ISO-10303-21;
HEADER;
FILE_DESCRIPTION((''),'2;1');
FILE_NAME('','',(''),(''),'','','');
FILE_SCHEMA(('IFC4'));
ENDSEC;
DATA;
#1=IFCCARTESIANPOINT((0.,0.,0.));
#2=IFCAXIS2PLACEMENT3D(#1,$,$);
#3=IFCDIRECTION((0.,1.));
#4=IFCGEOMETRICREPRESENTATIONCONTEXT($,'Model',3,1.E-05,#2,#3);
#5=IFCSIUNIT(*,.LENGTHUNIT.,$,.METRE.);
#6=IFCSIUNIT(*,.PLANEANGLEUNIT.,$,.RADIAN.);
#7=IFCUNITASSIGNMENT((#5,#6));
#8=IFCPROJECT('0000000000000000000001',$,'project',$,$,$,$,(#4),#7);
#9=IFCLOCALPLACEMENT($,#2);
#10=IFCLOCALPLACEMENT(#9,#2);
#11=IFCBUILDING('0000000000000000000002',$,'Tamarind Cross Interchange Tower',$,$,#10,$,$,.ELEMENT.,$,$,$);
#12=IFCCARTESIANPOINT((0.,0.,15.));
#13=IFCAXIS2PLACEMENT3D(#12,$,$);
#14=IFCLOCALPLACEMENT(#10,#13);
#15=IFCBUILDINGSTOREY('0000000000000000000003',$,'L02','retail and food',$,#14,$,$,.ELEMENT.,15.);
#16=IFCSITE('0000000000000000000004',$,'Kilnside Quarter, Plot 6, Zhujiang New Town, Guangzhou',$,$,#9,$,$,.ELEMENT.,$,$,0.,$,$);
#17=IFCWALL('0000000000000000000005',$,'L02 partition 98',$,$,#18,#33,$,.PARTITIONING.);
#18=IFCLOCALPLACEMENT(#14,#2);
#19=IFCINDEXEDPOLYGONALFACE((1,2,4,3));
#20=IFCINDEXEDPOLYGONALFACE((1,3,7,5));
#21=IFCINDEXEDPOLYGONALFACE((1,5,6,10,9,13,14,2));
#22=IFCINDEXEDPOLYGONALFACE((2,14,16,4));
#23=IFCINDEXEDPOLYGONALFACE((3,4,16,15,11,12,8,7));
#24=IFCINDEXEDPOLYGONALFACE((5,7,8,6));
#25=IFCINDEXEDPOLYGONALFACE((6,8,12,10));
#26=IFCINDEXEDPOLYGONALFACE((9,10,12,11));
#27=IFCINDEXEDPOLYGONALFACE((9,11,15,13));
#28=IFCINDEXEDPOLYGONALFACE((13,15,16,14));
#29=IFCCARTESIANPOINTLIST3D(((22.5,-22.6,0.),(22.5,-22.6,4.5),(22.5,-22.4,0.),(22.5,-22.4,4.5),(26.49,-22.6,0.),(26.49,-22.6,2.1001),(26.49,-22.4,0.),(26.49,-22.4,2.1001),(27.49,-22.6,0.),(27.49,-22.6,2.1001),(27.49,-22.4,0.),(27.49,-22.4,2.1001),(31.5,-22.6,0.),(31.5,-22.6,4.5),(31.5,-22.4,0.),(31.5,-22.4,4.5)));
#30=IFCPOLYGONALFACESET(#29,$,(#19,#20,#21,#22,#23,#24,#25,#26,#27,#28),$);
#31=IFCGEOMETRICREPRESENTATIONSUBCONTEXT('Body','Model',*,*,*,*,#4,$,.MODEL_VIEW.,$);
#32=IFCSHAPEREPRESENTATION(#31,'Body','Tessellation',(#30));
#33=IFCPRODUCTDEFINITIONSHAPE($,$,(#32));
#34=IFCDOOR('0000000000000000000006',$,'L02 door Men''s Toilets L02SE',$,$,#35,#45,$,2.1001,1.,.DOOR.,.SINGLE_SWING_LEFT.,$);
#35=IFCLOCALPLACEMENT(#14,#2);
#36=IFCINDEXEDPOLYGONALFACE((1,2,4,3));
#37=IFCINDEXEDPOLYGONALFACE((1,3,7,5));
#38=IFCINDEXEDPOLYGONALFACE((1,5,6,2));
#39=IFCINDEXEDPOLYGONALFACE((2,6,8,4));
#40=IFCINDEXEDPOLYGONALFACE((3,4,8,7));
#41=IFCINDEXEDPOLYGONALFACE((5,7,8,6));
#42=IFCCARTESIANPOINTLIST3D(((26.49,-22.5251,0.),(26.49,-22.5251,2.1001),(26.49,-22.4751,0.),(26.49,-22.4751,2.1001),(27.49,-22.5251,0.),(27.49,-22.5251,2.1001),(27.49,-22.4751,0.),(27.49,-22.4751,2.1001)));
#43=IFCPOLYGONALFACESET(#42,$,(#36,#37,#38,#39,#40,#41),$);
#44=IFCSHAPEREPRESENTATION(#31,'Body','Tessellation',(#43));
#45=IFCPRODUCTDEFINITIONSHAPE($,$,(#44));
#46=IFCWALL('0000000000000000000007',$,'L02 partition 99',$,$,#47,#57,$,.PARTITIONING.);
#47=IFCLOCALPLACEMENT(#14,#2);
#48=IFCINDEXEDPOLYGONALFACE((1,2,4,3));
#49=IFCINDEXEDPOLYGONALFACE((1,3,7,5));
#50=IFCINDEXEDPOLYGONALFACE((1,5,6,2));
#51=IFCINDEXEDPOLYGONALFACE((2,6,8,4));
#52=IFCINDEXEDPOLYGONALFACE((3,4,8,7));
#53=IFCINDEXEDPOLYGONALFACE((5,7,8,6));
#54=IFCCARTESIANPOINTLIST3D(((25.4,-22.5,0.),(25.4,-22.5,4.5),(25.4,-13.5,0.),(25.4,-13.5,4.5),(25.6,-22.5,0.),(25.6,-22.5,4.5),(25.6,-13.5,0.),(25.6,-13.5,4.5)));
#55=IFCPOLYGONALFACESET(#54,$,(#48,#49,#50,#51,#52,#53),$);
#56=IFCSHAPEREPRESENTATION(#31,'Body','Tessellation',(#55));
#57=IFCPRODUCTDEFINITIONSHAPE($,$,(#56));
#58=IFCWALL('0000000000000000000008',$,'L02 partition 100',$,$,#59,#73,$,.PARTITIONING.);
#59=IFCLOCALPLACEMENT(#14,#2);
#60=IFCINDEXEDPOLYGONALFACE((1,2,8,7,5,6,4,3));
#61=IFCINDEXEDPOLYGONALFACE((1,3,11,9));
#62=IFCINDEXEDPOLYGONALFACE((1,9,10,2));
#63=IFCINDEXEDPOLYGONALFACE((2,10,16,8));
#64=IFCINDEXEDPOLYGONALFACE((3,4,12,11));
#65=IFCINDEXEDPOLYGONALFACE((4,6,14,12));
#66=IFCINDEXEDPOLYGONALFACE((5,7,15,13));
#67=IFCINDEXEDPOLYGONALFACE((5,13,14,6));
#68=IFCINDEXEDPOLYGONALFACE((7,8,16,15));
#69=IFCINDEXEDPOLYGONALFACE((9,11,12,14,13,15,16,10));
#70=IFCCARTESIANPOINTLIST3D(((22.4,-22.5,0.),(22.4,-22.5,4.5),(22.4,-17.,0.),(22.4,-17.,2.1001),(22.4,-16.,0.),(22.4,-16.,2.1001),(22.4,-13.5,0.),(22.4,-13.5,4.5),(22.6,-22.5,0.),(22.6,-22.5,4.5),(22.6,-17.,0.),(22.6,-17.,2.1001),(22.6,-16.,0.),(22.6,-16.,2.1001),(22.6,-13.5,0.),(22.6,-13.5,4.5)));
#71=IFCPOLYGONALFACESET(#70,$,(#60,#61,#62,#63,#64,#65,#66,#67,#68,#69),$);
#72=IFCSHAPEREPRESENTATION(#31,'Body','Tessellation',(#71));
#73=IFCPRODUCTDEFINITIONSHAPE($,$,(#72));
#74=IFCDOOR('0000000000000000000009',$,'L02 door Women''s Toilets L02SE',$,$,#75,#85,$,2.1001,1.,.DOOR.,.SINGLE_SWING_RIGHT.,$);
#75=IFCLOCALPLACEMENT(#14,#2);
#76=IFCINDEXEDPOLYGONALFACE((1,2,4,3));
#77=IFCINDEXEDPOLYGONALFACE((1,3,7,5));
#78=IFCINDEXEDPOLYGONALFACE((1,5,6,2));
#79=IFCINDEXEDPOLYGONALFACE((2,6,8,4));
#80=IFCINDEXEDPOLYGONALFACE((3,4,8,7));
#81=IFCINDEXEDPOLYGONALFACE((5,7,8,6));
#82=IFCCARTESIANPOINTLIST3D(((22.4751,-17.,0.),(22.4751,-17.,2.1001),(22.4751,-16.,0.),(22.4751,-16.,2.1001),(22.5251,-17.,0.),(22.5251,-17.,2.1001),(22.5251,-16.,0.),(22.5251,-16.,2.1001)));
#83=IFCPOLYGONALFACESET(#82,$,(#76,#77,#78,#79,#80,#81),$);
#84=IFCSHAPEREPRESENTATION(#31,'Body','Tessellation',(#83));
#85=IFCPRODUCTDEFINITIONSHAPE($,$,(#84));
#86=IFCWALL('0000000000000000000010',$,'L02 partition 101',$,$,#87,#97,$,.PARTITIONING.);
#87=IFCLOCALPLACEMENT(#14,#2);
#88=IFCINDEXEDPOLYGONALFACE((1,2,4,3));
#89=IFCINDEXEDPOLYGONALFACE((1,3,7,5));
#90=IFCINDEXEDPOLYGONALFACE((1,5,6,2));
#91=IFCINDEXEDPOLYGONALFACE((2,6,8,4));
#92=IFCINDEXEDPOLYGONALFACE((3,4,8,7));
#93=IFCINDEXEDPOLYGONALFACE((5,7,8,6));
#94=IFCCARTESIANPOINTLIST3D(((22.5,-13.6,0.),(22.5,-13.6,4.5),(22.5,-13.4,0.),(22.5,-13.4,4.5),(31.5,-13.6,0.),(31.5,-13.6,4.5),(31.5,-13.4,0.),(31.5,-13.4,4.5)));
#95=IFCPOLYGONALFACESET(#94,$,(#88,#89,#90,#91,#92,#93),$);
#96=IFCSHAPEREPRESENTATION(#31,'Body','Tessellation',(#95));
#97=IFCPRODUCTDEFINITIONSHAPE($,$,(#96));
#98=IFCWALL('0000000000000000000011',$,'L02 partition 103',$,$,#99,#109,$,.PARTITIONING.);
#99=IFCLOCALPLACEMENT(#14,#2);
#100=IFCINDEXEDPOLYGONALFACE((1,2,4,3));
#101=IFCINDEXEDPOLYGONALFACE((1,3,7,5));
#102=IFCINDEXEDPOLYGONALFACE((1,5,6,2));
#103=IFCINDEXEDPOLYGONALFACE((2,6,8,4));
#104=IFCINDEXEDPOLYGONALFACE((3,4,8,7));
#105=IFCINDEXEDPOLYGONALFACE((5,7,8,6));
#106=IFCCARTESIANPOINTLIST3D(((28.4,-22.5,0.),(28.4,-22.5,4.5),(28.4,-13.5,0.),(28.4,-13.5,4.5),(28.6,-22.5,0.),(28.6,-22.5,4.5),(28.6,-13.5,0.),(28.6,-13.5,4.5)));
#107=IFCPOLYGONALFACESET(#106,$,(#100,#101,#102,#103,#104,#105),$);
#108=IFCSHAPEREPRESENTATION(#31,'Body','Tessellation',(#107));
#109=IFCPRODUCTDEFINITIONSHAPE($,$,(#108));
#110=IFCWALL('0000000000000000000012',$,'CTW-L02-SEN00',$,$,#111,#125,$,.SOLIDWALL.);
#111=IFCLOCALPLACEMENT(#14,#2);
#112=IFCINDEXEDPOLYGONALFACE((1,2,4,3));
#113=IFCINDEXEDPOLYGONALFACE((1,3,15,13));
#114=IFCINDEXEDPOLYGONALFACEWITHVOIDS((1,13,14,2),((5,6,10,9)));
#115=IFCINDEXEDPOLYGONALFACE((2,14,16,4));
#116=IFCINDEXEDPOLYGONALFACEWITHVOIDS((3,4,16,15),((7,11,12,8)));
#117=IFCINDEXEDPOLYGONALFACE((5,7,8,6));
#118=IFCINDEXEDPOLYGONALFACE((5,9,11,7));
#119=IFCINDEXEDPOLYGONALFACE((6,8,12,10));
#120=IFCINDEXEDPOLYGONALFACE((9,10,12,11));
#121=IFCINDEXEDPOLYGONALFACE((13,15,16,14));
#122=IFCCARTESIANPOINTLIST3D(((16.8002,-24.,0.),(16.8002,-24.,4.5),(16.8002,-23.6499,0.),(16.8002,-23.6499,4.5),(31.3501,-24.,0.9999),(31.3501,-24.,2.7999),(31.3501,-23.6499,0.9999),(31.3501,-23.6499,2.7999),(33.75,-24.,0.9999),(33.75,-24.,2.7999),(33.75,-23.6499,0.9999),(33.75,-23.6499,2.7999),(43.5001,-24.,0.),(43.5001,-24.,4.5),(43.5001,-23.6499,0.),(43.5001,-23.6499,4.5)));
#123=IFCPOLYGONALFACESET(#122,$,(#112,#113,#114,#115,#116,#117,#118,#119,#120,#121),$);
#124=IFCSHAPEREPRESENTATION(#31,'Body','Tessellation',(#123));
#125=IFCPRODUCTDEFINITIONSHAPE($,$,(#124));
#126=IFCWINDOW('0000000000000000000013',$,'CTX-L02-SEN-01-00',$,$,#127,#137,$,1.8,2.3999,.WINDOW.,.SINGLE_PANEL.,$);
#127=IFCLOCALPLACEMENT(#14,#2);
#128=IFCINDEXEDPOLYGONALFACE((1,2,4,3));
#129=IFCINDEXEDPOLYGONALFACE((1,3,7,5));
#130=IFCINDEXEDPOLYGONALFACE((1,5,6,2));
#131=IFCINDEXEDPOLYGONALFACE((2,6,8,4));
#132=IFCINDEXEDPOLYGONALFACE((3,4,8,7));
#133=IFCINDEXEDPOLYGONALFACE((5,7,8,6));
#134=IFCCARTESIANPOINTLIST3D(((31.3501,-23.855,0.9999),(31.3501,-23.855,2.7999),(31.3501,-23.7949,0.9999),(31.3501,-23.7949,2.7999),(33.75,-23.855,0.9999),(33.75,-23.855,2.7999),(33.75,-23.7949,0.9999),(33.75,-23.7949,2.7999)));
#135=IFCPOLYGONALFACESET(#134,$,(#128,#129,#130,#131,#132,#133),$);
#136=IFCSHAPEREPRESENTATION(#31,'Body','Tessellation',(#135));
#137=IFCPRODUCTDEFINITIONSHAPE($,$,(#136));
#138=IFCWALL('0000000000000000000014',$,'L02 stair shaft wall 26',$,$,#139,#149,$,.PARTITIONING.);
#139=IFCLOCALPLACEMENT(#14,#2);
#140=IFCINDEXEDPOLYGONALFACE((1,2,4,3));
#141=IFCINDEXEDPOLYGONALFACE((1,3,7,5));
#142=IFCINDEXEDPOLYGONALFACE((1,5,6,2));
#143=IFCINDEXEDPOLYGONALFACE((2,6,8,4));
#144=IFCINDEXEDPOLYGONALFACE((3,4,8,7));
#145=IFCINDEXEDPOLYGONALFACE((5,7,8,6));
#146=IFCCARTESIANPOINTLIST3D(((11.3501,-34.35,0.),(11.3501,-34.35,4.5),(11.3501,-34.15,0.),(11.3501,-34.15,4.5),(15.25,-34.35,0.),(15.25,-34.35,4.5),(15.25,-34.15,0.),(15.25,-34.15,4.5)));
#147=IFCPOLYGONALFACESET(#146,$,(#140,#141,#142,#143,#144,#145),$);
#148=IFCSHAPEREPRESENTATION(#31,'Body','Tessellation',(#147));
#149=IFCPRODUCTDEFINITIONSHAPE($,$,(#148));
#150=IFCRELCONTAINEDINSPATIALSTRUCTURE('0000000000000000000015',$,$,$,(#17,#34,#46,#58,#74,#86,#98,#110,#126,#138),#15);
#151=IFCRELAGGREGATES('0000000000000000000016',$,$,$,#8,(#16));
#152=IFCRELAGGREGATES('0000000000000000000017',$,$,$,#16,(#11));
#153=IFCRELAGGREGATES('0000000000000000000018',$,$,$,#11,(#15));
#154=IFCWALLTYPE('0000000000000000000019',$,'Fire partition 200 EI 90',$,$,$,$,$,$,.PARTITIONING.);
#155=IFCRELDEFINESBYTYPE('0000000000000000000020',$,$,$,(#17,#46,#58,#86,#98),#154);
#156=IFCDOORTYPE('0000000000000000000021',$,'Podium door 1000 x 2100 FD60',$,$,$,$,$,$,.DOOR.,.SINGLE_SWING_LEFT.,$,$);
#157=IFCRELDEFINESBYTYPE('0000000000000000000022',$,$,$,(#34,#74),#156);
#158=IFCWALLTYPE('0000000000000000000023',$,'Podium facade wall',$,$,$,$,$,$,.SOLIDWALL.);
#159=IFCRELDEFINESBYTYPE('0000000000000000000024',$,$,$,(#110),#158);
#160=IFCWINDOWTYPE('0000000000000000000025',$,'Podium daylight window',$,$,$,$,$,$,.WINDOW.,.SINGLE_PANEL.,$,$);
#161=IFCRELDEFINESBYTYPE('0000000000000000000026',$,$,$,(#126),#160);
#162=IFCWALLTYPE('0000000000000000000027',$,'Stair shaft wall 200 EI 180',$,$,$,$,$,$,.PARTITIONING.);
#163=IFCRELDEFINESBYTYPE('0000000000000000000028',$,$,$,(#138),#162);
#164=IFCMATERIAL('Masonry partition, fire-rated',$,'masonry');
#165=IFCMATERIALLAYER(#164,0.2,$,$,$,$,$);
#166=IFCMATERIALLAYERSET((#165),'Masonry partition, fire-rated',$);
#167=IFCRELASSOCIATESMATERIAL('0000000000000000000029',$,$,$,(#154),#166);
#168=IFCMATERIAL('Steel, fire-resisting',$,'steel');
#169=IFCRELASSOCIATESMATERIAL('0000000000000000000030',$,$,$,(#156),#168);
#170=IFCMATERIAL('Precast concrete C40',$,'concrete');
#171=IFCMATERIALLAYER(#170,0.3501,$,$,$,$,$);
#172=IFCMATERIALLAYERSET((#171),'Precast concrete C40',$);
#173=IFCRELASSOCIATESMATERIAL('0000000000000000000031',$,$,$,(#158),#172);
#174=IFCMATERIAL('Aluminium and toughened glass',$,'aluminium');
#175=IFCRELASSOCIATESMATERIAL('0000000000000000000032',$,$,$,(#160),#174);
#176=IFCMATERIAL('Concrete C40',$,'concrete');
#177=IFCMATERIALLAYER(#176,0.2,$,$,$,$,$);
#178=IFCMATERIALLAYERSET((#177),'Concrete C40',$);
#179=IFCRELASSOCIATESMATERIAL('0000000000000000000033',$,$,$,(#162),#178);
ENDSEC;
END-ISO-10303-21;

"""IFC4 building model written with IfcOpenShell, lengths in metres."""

from ifc_helpers import new_model, si_unit, direction, frame, frame_2d, origin, place, context, subcontext, project, spatial, rectangle, extrude, material, layer, layer_set, type_object, element, fill, save


model = new_model("IFC4")

# Units and contexts
model_context = context("Model", 3, precision=1e-05, world=origin(), true_north=direction((0.0, 1.0)))
body_context = subcontext(model_context, "Body", "Model", "MODEL_VIEW")
ifc_project = project(units=[si_unit("LENGTHUNIT", "METRE"), si_unit("PLANEANGLEUNIT", "RADIAN")], contexts=[model_context])

# Site, building, storey
site_placement = place(None, origin())
site = spatial("IfcSite", under=ifc_project, at=site_placement, Name="Kilnside Quarter, Plot 6, Zhujiang New Town, Guangzhou", CompositionType="ELEMENT", RefElevation=0.0)
building_placement = place(site_placement, origin())
building = spatial("IfcBuilding", under=site, at=building_placement, Name="Tamarind Cross Interchange Tower", CompositionType="ELEMENT")
storey_placement = place(building_placement, frame((0.0, 0.0, 15.0)))
storey = spatial("IfcBuildingStorey", under=building, at=storey_placement, Name="L02", Description="retail and food", CompositionType="ELEMENT", Elevation=15.0)

# Shared definitions
ifc_material_1 = material(Name="Steel, fire-resisting", Category="steel")

# Shared definitions
ifc_material_2 = material(Name="Masonry partition, fire-rated", Category="masonry")

# Wall, opening, door
ifc_layer_1 = layer(ifc_material_2, 0.2)
ifc_layer_set_1 = layer_set([ifc_layer_1], Name="Masonry partition, fire-rated")
wall_type_1 = type_object("IfcWallType", Name="Fire partition 200 EI 90", PredefinedType="PARTITIONING", material=ifc_layer_set_1)
wall_1_placement = place(storey_placement, frame((22.5, -22.5, 0.0), z_axis=(0.0, 0.0, 1.0), x_axis=(1.0, 0.0, 0.0)))
wall_1 = element("IfcWall", 1, at=wall_1_placement, inside=storey, type_object=wall_type_1, Name="L02 partition 98", PredefinedType="PARTITIONING", context=body_context, shape_type="SweptSolid", body=[
    extrude(rectangle(XDim=9.0, YDim=0.2, at=frame_2d((4.5, 0.0))), origin(), (0.0, 0.0, 1.0), 4.5),
])
opening_1_placement = place(wall_1_placement, frame((3.99, 0.0, 0.0)))
opening_1 = element("IfcOpeningElement", 2, at=opening_1_placement, cuts=wall_1, PredefinedType="OPENING", context=body_context, shape_type="SweptSolid", body=[
    extrude(rectangle(XDim=1.0, YDim=2.1001, at=frame_2d((0.5, 1.05))), frame((0.0, 0.1099, 0.0), z_axis=(0.0, -1.0, 0.0), x_axis=(1.0, 0.0, 0.0)), (0.0, 0.0, 1.0), 0.22),
])
door_type_1 = type_object("IfcDoorType", Name="Podium door 1000 x 2100 FD60", OperationType="SINGLE_SWING_LEFT", PredefinedType="DOOR", material=ifc_material_1)
door_1_placement = place(opening_1_placement, origin())
door_1 = element("IfcDoor", 3, at=door_1_placement, inside=storey, type_object=door_type_1, Name="L02 door Men's Toilets L02SE", OperationType="SINGLE_SWING_LEFT", OverallHeight=2.1001, OverallWidth=1.0, PredefinedType="DOOR", context=body_context, shape_type="SweptSolid", body=[
    extrude(rectangle(XDim=1.0, YDim=2.1001, at=frame_2d((0.5, 1.05))), frame((0.0, 0.0249, 0.0), z_axis=(0.0, -1.0, 0.0), x_axis=(1.0, 0.0, 0.0)), (0.0, 0.0, 1.0), 0.05),
])
fill(opening_1, door_1)

# Wall
wall_2_placement = place(storey_placement, frame((25.5, -22.5, 0.0), z_axis=(0.0, 0.0, 1.0), x_axis=(0.0, 1.0, 0.0)))
element("IfcWall", 4, at=wall_2_placement, inside=storey, type_object=wall_type_1, Name="L02 partition 99", PredefinedType="PARTITIONING", context=body_context, shape_type="SweptSolid", body=[
    extrude(rectangle(XDim=9.0, YDim=0.2, at=frame_2d((4.5, 0.0))), origin(), (0.0, 0.0, 1.0), 4.5),
])

# Wall, opening, door
wall_3_placement = place(storey_placement, frame((22.5, -22.5, 0.0), z_axis=(0.0, 0.0, 1.0), x_axis=(0.0, 1.0, 0.0)))
wall_3 = element("IfcWall", 5, at=wall_3_placement, inside=storey, type_object=wall_type_1, Name="L02 partition 100", PredefinedType="PARTITIONING", context=body_context, shape_type="SweptSolid", body=[
    extrude(rectangle(XDim=9.0, YDim=0.2, at=frame_2d((4.5, 0.0))), origin(), (0.0, 0.0, 1.0), 4.5),
])
opening_2_placement = place(wall_3_placement, frame((5.5, 0.0, 0.0)))
opening_2 = element("IfcOpeningElement", 6, at=opening_2_placement, cuts=wall_3, PredefinedType="OPENING", context=body_context, shape_type="SweptSolid", body=[
    extrude(rectangle(XDim=1.0, YDim=2.1001, at=frame_2d((0.5, 1.05))), frame((0.0, 0.1099, 0.0), z_axis=(0.0, -1.0, 0.0), x_axis=(1.0, 0.0, 0.0)), (0.0, 0.0, 1.0), 0.22),
])
door_2_placement = place(opening_2_placement, origin())
door_2 = element("IfcDoor", 7, at=door_2_placement, inside=storey, type_object=door_type_1, Name="L02 door Women's Toilets L02SE", OperationType="SINGLE_SWING_RIGHT", OverallHeight=2.1001, OverallWidth=1.0, PredefinedType="DOOR", context=body_context, shape_type="SweptSolid", body=[
    extrude(rectangle(XDim=1.0, YDim=2.1001, at=frame_2d((0.5, 1.05))), frame((0.0, 0.0249, 0.0), z_axis=(0.0, -1.0, 0.0), x_axis=(1.0, 0.0, 0.0)), (0.0, 0.0, 1.0), 0.05),
])
fill(opening_2, door_2)

# Walls
for number, where, z_axis, x_axis, name in (
    (8, (22.5, -13.5, 0.0), (0.0, 0.0, 1.0), (1.0, 0.0, 0.0), "L02 partition 101"),
    (9, (28.5, -22.5, 0.0), (0.0, 0.0, 1.0), (0.0, 1.0, 0.0), "L02 partition 103"),
):
    element("IfcWall", number, at=place(storey_placement, frame(where, z_axis=z_axis, x_axis=x_axis)), inside=storey, type_object=wall_type_1, Name=name, PredefinedType="PARTITIONING", context=body_context, shape_type="SweptSolid", body=[
        extrude(rectangle(XDim=9.0, YDim=0.2, at=frame_2d((4.5, 0.0))), origin(), (0.0, 0.0, 1.0), 4.5),
    ])

# Wall, opening, window
ifc_material_3 = material(Name="Precast concrete C40", Category="concrete")
ifc_layer_2 = layer(ifc_material_3, 0.3501)
ifc_layer_set_2 = layer_set([ifc_layer_2], Name="Precast concrete C40")
wall_type_2 = type_object("IfcWallType", Name="Podium facade wall", PredefinedType="SOLIDWALL", material=ifc_layer_set_2)
wall_4_placement = place(storey_placement, frame((16.8, -23.825, 0.0), z_axis=(0.0, 0.0, 1.0), x_axis=(1.0, 0.0, 0.0)))
wall_4 = element("IfcWall", 10, at=wall_4_placement, inside=storey, type_object=wall_type_2, Name="CTW-L02-SEN00", PredefinedType="SOLIDWALL", context=body_context, shape_type="SweptSolid", body=[
    extrude(rectangle(XDim=26.7, YDim=0.3501, at=frame_2d((13.3501, 0.0))), origin(), (0.0, 0.0, 1.0), 4.5),
])
opening_3_placement = place(wall_4_placement, frame((14.55, 0.0, 1.0)))
opening_3 = element("IfcOpeningElement", 11, at=opening_3_placement, cuts=wall_4, PredefinedType="OPENING", context=body_context, shape_type="SweptSolid", body=[
    extrude(rectangle(XDim=2.3999, YDim=1.8, at=frame_2d((1.2, 0.8999))), frame((0.0, 0.1851, 0.0), z_axis=(0.0, -1.0, 0.0), x_axis=(1.0, 0.0, 0.0)), (0.0, 0.0, 1.0), 0.3701),
])
ifc_material_4 = material(Name="Aluminium and toughened glass", Category="aluminium")
window_type = type_object("IfcWindowType", Name="Podium daylight window", PartitioningType="SINGLE_PANEL", PredefinedType="WINDOW", material=ifc_material_4)
window_placement = place(opening_3_placement, origin())
window = element("IfcWindow", 12, at=window_placement, inside=storey, type_object=window_type, Name="CTX-L02-SEN-01-00", OverallHeight=1.8, OverallWidth=2.3999, PartitioningType="SINGLE_PANEL", PredefinedType="WINDOW", context=body_context, shape_type="SweptSolid", body=[
    extrude(rectangle(XDim=2.3999, YDim=1.8, at=frame_2d((1.2, 0.8999))), frame((0.0, 0.03, 0.0), z_axis=(0.0, -1.0, 0.0), x_axis=(1.0, 0.0, 0.0)), (0.0, 0.0, 1.0), 0.0601),
])
fill(opening_3, window)

# Wall
ifc_material_5 = material(Name="Concrete C40", Category="concrete")
ifc_layer_3 = layer(ifc_material_5, 0.2)
ifc_layer_set_3 = layer_set([ifc_layer_3], Name="Concrete C40")
wall_type_3 = type_object("IfcWallType", Name="Stair shaft wall 200 EI 180", PredefinedType="PARTITIONING", material=ifc_layer_set_3)
wall_5_placement = place(storey_placement, frame((11.3501, -34.25, 0.0), z_axis=(0.0, 0.0, 1.0), x_axis=(1.0, 0.0, 0.0)))
element("IfcWall", 13, at=wall_5_placement, inside=storey, type_object=wall_type_3, Name="L02 stair shaft wall 26", PredefinedType="PARTITIONING", context=body_context, shape_type="SweptSolid", body=[
    extrude(rectangle(XDim=3.8999, YDim=0.2, at=frame_2d((1.95, 0.0))), origin(), (0.0, 0.0, 1.0), 4.5),
])

save(model, "model.ifc")
